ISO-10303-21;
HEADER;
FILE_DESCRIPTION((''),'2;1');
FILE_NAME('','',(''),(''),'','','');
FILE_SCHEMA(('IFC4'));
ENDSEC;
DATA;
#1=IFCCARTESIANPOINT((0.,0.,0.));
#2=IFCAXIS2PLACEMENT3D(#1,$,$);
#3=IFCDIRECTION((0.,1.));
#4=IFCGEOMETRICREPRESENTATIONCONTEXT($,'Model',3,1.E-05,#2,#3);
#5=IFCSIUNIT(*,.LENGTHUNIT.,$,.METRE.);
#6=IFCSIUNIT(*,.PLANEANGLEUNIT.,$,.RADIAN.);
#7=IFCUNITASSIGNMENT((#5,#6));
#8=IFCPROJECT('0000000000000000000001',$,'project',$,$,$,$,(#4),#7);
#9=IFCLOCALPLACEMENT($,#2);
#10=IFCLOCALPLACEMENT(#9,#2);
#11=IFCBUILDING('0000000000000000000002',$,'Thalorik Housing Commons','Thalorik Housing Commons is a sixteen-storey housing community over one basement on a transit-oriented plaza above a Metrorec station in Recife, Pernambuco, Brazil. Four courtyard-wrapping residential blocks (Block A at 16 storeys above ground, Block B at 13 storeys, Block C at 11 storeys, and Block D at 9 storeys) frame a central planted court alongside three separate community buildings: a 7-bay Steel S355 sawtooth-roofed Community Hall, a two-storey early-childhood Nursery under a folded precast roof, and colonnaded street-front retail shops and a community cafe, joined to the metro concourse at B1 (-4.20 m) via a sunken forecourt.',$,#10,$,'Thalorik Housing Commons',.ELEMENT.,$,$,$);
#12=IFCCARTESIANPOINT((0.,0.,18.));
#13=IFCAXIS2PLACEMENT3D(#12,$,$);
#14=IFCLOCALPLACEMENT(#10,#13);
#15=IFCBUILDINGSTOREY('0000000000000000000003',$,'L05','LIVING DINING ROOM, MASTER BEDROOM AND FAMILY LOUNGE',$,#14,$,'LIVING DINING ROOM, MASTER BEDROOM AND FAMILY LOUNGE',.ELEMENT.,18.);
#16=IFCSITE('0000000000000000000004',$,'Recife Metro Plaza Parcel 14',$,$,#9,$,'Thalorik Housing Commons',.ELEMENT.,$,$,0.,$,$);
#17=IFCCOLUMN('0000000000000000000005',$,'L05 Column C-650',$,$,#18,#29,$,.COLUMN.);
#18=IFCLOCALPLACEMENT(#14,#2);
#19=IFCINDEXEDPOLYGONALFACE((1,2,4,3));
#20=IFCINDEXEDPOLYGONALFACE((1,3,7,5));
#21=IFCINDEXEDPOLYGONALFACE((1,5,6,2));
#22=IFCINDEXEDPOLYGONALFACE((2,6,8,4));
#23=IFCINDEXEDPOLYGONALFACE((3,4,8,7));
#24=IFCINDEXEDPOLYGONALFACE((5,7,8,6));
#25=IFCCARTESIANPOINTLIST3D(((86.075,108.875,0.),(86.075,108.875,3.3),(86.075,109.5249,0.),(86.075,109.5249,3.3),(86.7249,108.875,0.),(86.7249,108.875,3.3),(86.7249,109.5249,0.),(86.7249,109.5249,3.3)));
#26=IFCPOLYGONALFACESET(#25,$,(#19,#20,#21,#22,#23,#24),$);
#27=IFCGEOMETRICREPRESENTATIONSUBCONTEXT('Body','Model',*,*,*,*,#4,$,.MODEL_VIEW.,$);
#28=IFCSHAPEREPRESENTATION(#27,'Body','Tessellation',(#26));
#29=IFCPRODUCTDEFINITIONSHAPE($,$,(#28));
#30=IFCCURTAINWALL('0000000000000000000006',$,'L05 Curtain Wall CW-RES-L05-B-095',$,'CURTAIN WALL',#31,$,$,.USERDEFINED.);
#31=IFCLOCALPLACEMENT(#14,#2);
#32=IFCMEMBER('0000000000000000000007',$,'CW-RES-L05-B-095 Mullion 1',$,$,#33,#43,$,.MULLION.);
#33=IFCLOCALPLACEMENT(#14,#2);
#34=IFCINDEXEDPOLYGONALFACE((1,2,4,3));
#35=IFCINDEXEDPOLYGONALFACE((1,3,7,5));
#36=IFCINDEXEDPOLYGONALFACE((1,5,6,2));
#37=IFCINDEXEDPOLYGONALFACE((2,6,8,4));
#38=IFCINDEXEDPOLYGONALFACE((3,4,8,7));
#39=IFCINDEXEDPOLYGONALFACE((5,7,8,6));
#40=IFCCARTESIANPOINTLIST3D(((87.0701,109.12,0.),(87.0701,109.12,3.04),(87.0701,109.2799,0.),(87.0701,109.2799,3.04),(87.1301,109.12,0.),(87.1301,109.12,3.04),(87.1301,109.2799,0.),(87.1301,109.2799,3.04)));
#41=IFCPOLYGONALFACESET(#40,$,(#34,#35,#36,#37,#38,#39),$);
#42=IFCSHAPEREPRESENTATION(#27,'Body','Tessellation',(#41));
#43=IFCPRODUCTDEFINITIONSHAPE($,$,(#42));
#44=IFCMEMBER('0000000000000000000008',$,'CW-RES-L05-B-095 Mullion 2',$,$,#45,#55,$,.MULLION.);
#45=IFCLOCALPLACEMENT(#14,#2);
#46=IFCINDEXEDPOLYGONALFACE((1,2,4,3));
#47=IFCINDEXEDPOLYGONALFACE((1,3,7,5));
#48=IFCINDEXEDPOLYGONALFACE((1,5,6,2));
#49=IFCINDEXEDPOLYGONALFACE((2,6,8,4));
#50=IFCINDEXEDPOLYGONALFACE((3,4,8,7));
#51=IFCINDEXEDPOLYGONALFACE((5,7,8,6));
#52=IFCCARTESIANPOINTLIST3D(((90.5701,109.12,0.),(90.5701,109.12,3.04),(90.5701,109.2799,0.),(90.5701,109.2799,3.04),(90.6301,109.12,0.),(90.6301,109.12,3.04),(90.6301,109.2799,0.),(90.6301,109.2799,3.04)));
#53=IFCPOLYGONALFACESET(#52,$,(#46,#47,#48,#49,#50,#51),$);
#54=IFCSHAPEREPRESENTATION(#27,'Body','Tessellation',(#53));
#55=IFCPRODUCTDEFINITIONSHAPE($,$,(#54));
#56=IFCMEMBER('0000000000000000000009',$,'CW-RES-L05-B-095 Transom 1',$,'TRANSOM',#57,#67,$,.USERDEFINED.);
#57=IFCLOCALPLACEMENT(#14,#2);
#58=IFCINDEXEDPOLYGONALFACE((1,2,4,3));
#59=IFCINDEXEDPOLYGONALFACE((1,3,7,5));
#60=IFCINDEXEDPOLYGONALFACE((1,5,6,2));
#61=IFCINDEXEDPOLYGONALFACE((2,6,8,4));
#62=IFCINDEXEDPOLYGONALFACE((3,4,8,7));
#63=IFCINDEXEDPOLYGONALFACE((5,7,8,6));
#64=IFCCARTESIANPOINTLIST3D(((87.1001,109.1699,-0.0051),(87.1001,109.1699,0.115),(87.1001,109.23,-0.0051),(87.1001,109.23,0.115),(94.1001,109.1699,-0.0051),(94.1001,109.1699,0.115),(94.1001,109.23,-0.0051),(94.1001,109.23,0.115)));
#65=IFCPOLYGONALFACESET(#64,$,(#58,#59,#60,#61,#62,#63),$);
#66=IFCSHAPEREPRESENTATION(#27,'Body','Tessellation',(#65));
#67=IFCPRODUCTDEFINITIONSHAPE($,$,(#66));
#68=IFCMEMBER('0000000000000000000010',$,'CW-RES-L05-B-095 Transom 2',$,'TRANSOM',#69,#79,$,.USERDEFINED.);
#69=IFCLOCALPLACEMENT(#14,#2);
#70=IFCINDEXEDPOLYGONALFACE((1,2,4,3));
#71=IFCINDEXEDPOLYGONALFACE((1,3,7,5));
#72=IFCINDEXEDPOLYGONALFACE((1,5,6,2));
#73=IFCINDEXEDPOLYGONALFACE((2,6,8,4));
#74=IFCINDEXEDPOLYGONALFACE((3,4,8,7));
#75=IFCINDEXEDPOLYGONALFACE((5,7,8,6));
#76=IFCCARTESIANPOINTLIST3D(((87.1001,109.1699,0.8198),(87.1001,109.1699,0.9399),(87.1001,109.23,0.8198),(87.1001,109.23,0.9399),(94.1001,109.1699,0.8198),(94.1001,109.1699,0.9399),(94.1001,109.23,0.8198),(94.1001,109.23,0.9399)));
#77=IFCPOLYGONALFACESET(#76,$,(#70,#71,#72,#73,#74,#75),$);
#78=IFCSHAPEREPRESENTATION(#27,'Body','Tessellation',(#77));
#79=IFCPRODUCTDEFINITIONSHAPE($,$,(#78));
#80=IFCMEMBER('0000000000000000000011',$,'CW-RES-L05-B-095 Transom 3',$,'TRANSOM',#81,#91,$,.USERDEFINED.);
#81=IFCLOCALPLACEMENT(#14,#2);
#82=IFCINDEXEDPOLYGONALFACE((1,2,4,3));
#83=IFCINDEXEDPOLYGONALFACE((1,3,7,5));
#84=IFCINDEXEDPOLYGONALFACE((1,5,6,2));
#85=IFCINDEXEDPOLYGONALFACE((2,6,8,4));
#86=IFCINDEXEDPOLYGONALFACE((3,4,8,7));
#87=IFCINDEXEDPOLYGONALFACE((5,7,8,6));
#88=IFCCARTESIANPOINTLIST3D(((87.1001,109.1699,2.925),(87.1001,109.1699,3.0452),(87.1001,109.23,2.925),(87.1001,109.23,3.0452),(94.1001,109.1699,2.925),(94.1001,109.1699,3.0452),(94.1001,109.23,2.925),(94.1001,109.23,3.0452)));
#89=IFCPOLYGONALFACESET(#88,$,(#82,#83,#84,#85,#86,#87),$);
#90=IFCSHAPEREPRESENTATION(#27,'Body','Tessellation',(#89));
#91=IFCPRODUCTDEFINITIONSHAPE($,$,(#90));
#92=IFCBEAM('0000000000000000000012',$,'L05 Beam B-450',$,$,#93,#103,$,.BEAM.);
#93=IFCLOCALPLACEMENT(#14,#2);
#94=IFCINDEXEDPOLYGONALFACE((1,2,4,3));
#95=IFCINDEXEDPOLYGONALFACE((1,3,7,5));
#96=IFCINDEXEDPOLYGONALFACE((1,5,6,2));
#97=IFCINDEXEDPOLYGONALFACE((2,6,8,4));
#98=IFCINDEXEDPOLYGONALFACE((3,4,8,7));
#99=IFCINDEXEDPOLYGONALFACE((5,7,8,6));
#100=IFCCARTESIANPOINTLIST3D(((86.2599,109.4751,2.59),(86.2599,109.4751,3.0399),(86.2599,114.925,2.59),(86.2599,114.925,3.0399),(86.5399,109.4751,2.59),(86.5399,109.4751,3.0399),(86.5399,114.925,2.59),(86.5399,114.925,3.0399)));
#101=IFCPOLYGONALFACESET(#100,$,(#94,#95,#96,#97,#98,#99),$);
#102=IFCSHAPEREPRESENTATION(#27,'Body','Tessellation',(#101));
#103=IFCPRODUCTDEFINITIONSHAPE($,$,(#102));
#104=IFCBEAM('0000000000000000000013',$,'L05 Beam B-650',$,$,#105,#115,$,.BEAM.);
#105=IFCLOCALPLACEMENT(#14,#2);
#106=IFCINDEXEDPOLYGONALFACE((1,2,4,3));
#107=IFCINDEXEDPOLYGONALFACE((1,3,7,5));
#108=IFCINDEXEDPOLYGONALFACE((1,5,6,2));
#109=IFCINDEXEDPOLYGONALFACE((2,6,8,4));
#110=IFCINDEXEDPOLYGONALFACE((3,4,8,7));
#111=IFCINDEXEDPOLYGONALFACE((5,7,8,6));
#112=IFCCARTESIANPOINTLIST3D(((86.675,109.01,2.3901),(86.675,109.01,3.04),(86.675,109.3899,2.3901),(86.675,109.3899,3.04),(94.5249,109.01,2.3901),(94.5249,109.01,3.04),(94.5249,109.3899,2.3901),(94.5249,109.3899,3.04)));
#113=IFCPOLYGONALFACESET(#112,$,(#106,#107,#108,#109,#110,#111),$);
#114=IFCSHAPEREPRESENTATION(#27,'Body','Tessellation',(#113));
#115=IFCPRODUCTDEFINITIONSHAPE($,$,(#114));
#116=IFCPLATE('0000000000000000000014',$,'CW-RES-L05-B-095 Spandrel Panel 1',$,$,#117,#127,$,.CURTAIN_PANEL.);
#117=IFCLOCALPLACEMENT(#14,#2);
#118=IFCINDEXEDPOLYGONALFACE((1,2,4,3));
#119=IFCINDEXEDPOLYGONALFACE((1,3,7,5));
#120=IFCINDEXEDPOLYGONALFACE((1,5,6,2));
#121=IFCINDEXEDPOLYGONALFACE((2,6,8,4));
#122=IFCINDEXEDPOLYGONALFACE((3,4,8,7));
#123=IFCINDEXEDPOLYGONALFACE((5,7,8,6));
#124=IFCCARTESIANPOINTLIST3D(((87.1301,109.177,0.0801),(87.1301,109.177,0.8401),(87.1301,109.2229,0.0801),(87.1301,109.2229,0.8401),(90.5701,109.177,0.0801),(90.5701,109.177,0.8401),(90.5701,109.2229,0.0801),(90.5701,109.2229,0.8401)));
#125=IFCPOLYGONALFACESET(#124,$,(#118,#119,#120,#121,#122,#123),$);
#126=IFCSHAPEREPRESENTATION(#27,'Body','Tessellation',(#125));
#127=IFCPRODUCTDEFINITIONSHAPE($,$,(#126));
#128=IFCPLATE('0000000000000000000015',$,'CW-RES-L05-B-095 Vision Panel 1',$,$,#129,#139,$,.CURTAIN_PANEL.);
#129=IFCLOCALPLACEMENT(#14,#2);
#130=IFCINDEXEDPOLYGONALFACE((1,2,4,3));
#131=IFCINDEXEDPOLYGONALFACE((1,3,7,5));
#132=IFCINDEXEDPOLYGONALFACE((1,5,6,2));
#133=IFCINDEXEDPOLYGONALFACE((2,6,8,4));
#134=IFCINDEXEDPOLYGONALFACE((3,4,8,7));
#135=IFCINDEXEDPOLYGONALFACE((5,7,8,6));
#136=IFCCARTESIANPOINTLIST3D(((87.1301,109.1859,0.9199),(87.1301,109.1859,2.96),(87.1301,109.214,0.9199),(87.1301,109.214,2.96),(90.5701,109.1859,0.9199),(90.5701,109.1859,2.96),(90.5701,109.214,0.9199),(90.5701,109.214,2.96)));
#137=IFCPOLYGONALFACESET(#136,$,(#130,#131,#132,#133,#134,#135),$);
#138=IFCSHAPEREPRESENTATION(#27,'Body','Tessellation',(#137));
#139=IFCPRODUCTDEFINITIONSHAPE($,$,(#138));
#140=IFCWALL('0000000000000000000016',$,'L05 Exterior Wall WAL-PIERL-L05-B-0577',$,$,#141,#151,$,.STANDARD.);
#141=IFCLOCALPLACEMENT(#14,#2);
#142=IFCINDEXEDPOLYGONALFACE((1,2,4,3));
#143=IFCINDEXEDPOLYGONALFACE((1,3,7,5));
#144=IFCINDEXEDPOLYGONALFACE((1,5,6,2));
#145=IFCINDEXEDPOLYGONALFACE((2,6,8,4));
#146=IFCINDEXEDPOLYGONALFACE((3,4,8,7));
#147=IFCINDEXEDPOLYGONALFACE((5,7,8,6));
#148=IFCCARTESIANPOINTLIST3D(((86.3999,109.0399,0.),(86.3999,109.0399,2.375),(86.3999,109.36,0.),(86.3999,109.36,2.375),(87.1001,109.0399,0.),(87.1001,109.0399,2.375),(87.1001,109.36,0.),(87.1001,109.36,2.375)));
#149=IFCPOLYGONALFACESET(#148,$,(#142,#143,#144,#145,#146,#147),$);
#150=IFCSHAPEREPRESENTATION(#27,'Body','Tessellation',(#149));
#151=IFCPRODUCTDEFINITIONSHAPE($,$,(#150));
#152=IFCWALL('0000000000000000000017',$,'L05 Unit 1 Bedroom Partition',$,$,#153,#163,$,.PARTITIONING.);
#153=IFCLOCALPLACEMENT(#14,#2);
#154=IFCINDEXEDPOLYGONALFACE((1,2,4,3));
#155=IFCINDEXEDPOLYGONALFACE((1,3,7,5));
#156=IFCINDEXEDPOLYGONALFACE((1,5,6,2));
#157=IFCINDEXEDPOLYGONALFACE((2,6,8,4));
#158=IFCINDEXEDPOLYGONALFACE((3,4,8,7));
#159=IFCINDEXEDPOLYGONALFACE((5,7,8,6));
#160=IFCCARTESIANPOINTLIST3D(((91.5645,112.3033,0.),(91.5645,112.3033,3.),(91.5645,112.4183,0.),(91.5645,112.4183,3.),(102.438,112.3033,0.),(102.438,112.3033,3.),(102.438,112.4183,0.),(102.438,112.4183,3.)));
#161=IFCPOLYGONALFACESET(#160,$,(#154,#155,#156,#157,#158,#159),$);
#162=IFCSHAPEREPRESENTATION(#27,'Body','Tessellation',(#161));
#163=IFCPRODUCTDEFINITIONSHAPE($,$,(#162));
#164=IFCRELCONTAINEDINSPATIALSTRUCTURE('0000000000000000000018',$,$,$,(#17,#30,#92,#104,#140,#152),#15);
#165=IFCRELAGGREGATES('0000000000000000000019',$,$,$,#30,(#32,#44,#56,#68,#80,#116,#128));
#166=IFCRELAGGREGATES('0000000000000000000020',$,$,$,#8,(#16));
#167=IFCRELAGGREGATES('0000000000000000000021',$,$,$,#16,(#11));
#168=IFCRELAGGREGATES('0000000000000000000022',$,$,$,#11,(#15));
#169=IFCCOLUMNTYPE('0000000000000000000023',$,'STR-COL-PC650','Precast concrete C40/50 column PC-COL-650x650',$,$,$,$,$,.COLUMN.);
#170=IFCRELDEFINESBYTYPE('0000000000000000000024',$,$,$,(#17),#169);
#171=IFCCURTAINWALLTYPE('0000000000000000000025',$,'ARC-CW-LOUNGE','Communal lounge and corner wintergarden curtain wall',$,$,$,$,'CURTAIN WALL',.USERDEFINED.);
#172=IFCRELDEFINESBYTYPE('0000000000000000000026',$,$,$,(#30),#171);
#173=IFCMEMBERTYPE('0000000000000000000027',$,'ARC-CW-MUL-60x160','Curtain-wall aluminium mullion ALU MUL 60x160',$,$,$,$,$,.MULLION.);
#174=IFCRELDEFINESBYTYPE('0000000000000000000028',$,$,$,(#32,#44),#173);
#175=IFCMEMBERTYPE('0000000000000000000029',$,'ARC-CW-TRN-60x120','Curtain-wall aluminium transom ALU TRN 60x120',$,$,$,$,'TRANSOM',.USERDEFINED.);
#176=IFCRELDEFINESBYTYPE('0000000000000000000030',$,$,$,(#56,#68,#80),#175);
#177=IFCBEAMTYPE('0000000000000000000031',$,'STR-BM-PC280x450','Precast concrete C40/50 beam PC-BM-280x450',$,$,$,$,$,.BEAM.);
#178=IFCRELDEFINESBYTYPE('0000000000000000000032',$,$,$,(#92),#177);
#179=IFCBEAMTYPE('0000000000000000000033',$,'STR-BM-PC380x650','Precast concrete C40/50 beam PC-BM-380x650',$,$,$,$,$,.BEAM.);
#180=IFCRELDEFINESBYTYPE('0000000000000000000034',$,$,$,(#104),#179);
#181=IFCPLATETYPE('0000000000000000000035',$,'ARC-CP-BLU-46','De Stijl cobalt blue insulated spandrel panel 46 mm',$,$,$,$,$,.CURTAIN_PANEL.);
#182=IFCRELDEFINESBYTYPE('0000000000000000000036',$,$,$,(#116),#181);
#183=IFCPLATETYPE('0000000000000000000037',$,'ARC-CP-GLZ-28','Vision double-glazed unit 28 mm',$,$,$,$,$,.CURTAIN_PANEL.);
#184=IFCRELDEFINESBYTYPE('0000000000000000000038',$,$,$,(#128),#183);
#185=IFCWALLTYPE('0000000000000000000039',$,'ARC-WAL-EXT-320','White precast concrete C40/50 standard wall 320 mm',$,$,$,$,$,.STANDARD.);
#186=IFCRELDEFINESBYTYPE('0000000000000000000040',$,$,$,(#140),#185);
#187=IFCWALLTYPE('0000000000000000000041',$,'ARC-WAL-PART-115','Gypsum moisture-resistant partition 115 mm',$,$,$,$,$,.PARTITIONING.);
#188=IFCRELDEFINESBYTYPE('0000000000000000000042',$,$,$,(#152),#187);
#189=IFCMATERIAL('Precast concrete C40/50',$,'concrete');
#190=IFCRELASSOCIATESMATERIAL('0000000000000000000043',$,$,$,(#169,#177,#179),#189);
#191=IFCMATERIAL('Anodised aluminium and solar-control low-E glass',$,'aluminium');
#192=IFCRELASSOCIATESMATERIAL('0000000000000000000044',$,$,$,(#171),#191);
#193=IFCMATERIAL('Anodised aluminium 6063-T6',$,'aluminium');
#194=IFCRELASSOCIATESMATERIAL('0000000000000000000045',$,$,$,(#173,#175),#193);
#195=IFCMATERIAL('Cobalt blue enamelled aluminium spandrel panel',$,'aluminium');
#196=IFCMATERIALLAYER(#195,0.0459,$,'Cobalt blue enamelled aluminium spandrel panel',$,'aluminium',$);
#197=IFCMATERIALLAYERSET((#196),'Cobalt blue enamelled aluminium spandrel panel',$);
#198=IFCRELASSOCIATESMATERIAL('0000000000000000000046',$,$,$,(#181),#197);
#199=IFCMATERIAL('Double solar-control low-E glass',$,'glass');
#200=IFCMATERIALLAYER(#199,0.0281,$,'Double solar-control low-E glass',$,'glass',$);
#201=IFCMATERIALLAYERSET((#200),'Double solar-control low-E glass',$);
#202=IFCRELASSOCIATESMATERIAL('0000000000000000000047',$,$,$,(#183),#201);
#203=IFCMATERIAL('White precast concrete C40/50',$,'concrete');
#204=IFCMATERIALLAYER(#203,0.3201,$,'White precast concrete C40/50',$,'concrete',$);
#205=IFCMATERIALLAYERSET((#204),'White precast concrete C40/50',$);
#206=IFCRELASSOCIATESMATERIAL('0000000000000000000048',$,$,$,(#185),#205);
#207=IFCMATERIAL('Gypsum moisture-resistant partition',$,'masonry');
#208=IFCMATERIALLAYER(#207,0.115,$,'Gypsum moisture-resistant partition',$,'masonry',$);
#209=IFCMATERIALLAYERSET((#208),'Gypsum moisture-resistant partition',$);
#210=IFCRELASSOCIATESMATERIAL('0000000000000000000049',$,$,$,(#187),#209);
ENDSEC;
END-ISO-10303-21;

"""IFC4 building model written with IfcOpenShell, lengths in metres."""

from ifc_helpers import new_model, si_unit, direction, frame, frame_2d, origin, origin_2d, place, context, subcontext, project, spatial, rectangle, extrude, material, layer, layer_set, material_profile, profile_set, type_object, element, aggregate, save


model = new_model("IFC4")

# Units and contexts
model_context = context("Model", 3, precision=1e-05, world=origin(), true_north=direction((0.0, 1.0)))
body_context = subcontext(model_context, "Body", "Model", "MODEL_VIEW")
ifc_project = project(units=[si_unit("LENGTHUNIT", "METRE"), si_unit("PLANEANGLEUNIT", "RADIAN")], contexts=[model_context])

# Site, building, storey
site_placement = place(None, origin())
site = spatial("IfcSite", under=ifc_project, at=site_placement, Name="Recife Metro Plaza Parcel 14", LongName="Thalorik Housing Commons", CompositionType="ELEMENT", RefElevation=0.0)
building_placement = place(site_placement, origin())
building = spatial("IfcBuilding", under=site, at=building_placement, Name="Thalorik Housing Commons", Description="Thalorik Housing Commons is a sixteen-storey housing community over one basement on a transit-oriented plaza above a Metrorec station in Recife, Pernambuco, Brazil. Four courtyard-wrapping residential blocks (Block A at 16 storeys above ground, Block B at 13 storeys, Block C at 11 storeys, and Block D at 9 storeys) frame a central planted court alongside three separate community buildings: a 7-bay Steel S355 sawtooth-roofed Community Hall, a two-storey early-childhood Nursery under a folded precast roof, and colonnaded street-front retail shops and a community cafe, joined to the metro concourse at B1 (-4.20 m) via a sunken forecourt.", LongName="Thalorik Housing Commons", CompositionType="ELEMENT")
storey_placement = place(building_placement, frame((0.0, 0.0, 18.0)))
storey = spatial("IfcBuildingStorey", under=building, at=storey_placement, Name="L05", Description="LIVING DINING ROOM, MASTER BEDROOM AND FAMILY LOUNGE", LongName="LIVING DINING ROOM, MASTER BEDROOM AND FAMILY LOUNGE", CompositionType="ELEMENT", Elevation=18.0)

# Column
ifc_material_1 = material(Name="Precast concrete C40/50", Category="concrete")
ifc_material_profile_1 = material_profile(ifc_material_1, rectangle(XDim=0.6499, YDim=0.6499, at=origin_2d()), Name="PC 650x650", Category="concrete")
ifc_profile_set_1 = profile_set([ifc_material_profile_1], Name="Precast concrete C40/50")
column_type = type_object("IfcColumnType", Name="STR-COL-PC650", Description="Precast concrete C40/50 column PC-COL-650x650", PredefinedType="COLUMN", material=ifc_profile_set_1)
column_placement = place(storey_placement, frame((86.3999, 109.2, 0.0), z_axis=(0.0, 0.0, 1.0), x_axis=(1.0, 0.0, 0.0)))
element("IfcColumn", 1, at=column_placement, inside=storey, type_object=column_type, Name="L05 Column C-650", PredefinedType="COLUMN", context=body_context, shape_type="SweptSolid", body=[
    extrude(rectangle(XDim=0.6499, YDim=0.6499, at=origin_2d()), origin(), (0.0, 0.0, 1.0), 3.3),
])

# Curtain wall, members
ifc_material_2 = material(Name="Anodised aluminium and solar-control low-E glass", Category="aluminium")
curtain_wall_type = type_object("IfcCurtainWallType", Name="ARC-CW-LOUNGE", Description="Communal lounge and corner wintergarden curtain wall", ElementType="CURTAIN WALL", PredefinedType="USERDEFINED", material=ifc_material_2)
curtain_wall_placement = place(storey_placement, origin())
curtain_wall = element("IfcCurtainWall", 2, at=curtain_wall_placement, inside=storey, type_object=curtain_wall_type, Name="L05 Curtain Wall CW-RES-L05-B-095", ObjectType="CURTAIN WALL", PredefinedType="USERDEFINED")
ifc_material_3 = material(Name="Anodised aluminium 6063-T6", Category="aluminium")
ifc_material_profile_2 = material_profile(ifc_material_3, rectangle(XDim=0.0601, YDim=0.1599, at=origin_2d()), Name="ALU MUL 60x160", Category="aluminium")
ifc_profile_set_2 = profile_set([ifc_material_profile_2], Name="Anodised aluminium 6063-T6")
member_type_1 = type_object("IfcMemberType", Name="ARC-CW-MUL-60x160", Description="Curtain-wall aluminium mullion ALU MUL 60x160", PredefinedType="MULLION", material=ifc_profile_set_2)
member_1_placement = place(storey_placement, frame((87.1001, 109.2, 0.0), z_axis=(0.0, 0.0, 1.0), x_axis=(1.0, 0.0, 0.0)))
member_1 = element("IfcMember", 3, at=member_1_placement, type_object=member_type_1, Name="CW-RES-L05-B-095 Mullion 1", PredefinedType="MULLION", context=body_context, shape_type="SweptSolid", body=[
    extrude(rectangle(XDim=0.0601, YDim=0.1599, at=origin_2d()), origin(), (0.0, 0.0, 1.0), 3.04),
])
member_2_placement = place(storey_placement, frame((90.6001, 109.2, 0.0), z_axis=(0.0, 0.0, 1.0), x_axis=(1.0, 0.0, 0.0)))
member_2 = element("IfcMember", 4, at=member_2_placement, type_object=member_type_1, Name="CW-RES-L05-B-095 Mullion 2", PredefinedType="MULLION", context=body_context, shape_type="SweptSolid", body=[
    extrude(rectangle(XDim=0.0601, YDim=0.1599, at=origin_2d()), origin(), (0.0, 0.0, 1.0), 3.04),
])
ifc_material_profile_3 = material_profile(ifc_material_3, rectangle(XDim=0.0601, YDim=0.1201, at=origin_2d()), Name="ALU TRN 60x120", Category="aluminium")
ifc_profile_set_3 = profile_set([ifc_material_profile_3], Name="Anodised aluminium 6063-T6")
member_type_2 = type_object("IfcMemberType", Name="ARC-CW-TRN-60x120", Description="Curtain-wall aluminium transom ALU TRN 60x120", ElementType="TRANSOM", PredefinedType="USERDEFINED", material=ifc_profile_set_3)
member_3_placement = place(storey_placement, frame((87.1001, 109.2, 0.0549), z_axis=(1.0, 0.0, 0.0), x_axis=(0.0, 1.0, 0.0)))
member_3 = element("IfcMember", 5, at=member_3_placement, type_object=member_type_2, Name="CW-RES-L05-B-095 Transom 1", ObjectType="TRANSOM", PredefinedType="USERDEFINED", context=body_context, shape_type="SweptSolid", body=[
    extrude(rectangle(XDim=0.0601, YDim=0.1201, at=origin_2d()), origin(), (0.0, 0.0, 1.0), 7.0),
])
member_4_placement = place(storey_placement, frame((87.1001, 109.2, 0.8799), z_axis=(1.0, 0.0, 0.0), x_axis=(0.0, 1.0, 0.0)))
member_4 = element("IfcMember", 6, at=member_4_placement, type_object=member_type_2, Name="CW-RES-L05-B-095 Transom 2", ObjectType="TRANSOM", PredefinedType="USERDEFINED", context=body_context, shape_type="SweptSolid", body=[
    extrude(rectangle(XDim=0.0601, YDim=0.1201, at=origin_2d()), origin(), (0.0, 0.0, 1.0), 7.0),
])
member_5_placement = place(storey_placement, frame((87.1001, 109.2, 2.9851), z_axis=(1.0, 0.0, 0.0), x_axis=(0.0, 1.0, 0.0)))
member_5 = element("IfcMember", 7, at=member_5_placement, type_object=member_type_2, Name="CW-RES-L05-B-095 Transom 3", ObjectType="TRANSOM", PredefinedType="USERDEFINED", context=body_context, shape_type="SweptSolid", body=[
    extrude(rectangle(XDim=0.0601, YDim=0.1201, at=origin_2d()), origin(), (0.0, 0.0, 1.0), 7.0),
])

# Beams
ifc_material_profile_4 = material_profile(ifc_material_1, rectangle(XDim=0.28, YDim=0.45, at=origin_2d()), Name="PC 280x450", Category="concrete")
ifc_profile_set_4 = profile_set([ifc_material_profile_4], Name="Precast concrete C40/50")
beam_type_1 = type_object("IfcBeamType", Name="STR-BM-PC280x450", Description="Precast concrete C40/50 beam PC-BM-280x450", PredefinedType="BEAM", material=ifc_profile_set_4)
beam_1_placement = place(storey_placement, frame((86.3999, 109.4751, 2.8149), z_axis=(0.0, 1.0, 0.0), x_axis=(-1.0, 0.0, 0.0)))
element("IfcBeam", 8, at=beam_1_placement, inside=storey, type_object=beam_type_1, Name="L05 Beam B-450", PredefinedType="BEAM", context=body_context, shape_type="SweptSolid", body=[
    extrude(rectangle(XDim=0.28, YDim=0.45, at=origin_2d()), origin(), (0.0, 0.0, 1.0), 5.45),
])
ifc_material_profile_5 = material_profile(ifc_material_1, rectangle(XDim=0.3799, YDim=0.6499, at=origin_2d()), Name="PC 380x650", Category="concrete")
ifc_profile_set_5 = profile_set([ifc_material_profile_5], Name="Precast concrete C40/50")
beam_type_2 = type_object("IfcBeamType", Name="STR-BM-PC380x650", Description="Precast concrete C40/50 beam PC-BM-380x650", PredefinedType="BEAM", material=ifc_profile_set_5)
beam_2_placement = place(storey_placement, frame((86.675, 109.2, 2.7151), z_axis=(1.0, 0.0, 0.0), x_axis=(0.0, 1.0, 0.0)))
element("IfcBeam", 9, at=beam_2_placement, inside=storey, type_object=beam_type_2, Name="L05 Beam B-650", PredefinedType="BEAM", context=body_context, shape_type="SweptSolid", body=[
    extrude(rectangle(XDim=0.3799, YDim=0.6499, at=origin_2d()), origin(), (0.0, 0.0, 1.0), 7.8499),
])

# Plates
ifc_material_4 = material(Name="Cobalt blue enamelled aluminium spandrel panel", Category="aluminium")
ifc_layer_1 = layer(ifc_material_4, 0.0459, Name="Cobalt blue enamelled aluminium spandrel panel", Category="aluminium")
ifc_layer_set_1 = layer_set([ifc_layer_1], Name="Cobalt blue enamelled aluminium spandrel panel")
plate_type_1 = type_object("IfcPlateType", Name="ARC-CP-BLU-46", Description="De Stijl cobalt blue insulated spandrel panel 46 mm", PredefinedType="CURTAIN_PANEL", material=ifc_layer_set_1)
plate_1_placement = place(storey_placement, frame((88.8501, 109.2, 0.0801), z_axis=(0.0, 0.0, 1.0), x_axis=(1.0, 0.0, 0.0)))
plate_1 = element("IfcPlate", 10, at=plate_1_placement, type_object=plate_type_1, Name="CW-RES-L05-B-095 Spandrel Panel 1", PredefinedType="CURTAIN_PANEL", context=body_context, shape_type="SweptSolid", body=[
    extrude(rectangle(XDim=3.4399, YDim=0.0459, at=origin_2d()), origin(), (0.0, 0.0, 1.0), 0.76),
])
ifc_material_5 = material(Name="Double solar-control low-E glass", Category="glass")
ifc_layer_2 = layer(ifc_material_5, 0.0281, Name="Double solar-control low-E glass", Category="glass")
ifc_layer_set_2 = layer_set([ifc_layer_2], Name="Double solar-control low-E glass")
plate_type_2 = type_object("IfcPlateType", Name="ARC-CP-GLZ-28", Description="Vision double-glazed unit 28 mm", PredefinedType="CURTAIN_PANEL", material=ifc_layer_set_2)
plate_2_placement = place(storey_placement, frame((88.8501, 109.2, 0.9199), z_axis=(0.0, 0.0, 1.0), x_axis=(1.0, 0.0, 0.0)))
plate_2 = element("IfcPlate", 11, at=plate_2_placement, type_object=plate_type_2, Name="CW-RES-L05-B-095 Vision Panel 1", PredefinedType="CURTAIN_PANEL", context=body_context, shape_type="SweptSolid", body=[
    extrude(rectangle(XDim=3.4399, YDim=0.0281, at=origin_2d()), origin(), (0.0, 0.0, 1.0), 2.04),
])
aggregate(curtain_wall, [member_1, member_2, member_3, member_4, member_5, plate_1, plate_2])

# Walls
ifc_material_6 = material(Name="White precast concrete C40/50", Category="concrete")
ifc_layer_3 = layer(ifc_material_6, 0.3201, Name="White precast concrete C40/50", Category="concrete")
ifc_layer_set_3 = layer_set([ifc_layer_3], Name="White precast concrete C40/50")
wall_type_1 = type_object("IfcWallType", Name="ARC-WAL-EXT-320", Description="White precast concrete C40/50 standard wall 320 mm", PredefinedType="STANDARD", material=ifc_layer_set_3)
wall_1_placement = place(storey_placement, frame((86.3999, 109.2, 0.0), z_axis=(0.0, 0.0, 1.0), x_axis=(1.0, 0.0, 0.0)))
element("IfcWall", 12, at=wall_1_placement, inside=storey, type_object=wall_type_1, Name="L05 Exterior Wall WAL-PIERL-L05-B-0577", PredefinedType="STANDARD", context=body_context, shape_type="SweptSolid", body=[
    extrude(rectangle(XDim=0.7002, YDim=0.3201, at=frame_2d((0.3501, 0.0))), origin(), (0.0, 0.0, 1.0), 2.375),
])
ifc_material_7 = material(Name="Gypsum moisture-resistant partition", Category="masonry")
ifc_layer_4 = layer(ifc_material_7, 0.115, Name="Gypsum moisture-resistant partition", Category="masonry")
ifc_layer_set_4 = layer_set([ifc_layer_4], Name="Gypsum moisture-resistant partition")
wall_type_2 = type_object("IfcWallType", Name="ARC-WAL-PART-115", Description="Gypsum moisture-resistant partition 115 mm", PredefinedType="PARTITIONING", material=ifc_layer_set_4)
wall_2_placement = place(storey_placement, frame((91.5645, 112.3608, 0.0), z_axis=(0.0, 0.0, 1.0), x_axis=(1.0, 0.0, 0.0)))
element("IfcWall", 13, at=wall_2_placement, inside=storey, type_object=wall_type_2, Name="L05 Unit 1 Bedroom Partition", PredefinedType="PARTITIONING", context=body_context, shape_type="SweptSolid", body=[
    extrude(rectangle(XDim=10.8735, YDim=0.115, at=frame_2d((5.4368, 0.0))), origin(), (0.0, 0.0, 1.0), 3.0),
])

save(model, "model.ifc")
